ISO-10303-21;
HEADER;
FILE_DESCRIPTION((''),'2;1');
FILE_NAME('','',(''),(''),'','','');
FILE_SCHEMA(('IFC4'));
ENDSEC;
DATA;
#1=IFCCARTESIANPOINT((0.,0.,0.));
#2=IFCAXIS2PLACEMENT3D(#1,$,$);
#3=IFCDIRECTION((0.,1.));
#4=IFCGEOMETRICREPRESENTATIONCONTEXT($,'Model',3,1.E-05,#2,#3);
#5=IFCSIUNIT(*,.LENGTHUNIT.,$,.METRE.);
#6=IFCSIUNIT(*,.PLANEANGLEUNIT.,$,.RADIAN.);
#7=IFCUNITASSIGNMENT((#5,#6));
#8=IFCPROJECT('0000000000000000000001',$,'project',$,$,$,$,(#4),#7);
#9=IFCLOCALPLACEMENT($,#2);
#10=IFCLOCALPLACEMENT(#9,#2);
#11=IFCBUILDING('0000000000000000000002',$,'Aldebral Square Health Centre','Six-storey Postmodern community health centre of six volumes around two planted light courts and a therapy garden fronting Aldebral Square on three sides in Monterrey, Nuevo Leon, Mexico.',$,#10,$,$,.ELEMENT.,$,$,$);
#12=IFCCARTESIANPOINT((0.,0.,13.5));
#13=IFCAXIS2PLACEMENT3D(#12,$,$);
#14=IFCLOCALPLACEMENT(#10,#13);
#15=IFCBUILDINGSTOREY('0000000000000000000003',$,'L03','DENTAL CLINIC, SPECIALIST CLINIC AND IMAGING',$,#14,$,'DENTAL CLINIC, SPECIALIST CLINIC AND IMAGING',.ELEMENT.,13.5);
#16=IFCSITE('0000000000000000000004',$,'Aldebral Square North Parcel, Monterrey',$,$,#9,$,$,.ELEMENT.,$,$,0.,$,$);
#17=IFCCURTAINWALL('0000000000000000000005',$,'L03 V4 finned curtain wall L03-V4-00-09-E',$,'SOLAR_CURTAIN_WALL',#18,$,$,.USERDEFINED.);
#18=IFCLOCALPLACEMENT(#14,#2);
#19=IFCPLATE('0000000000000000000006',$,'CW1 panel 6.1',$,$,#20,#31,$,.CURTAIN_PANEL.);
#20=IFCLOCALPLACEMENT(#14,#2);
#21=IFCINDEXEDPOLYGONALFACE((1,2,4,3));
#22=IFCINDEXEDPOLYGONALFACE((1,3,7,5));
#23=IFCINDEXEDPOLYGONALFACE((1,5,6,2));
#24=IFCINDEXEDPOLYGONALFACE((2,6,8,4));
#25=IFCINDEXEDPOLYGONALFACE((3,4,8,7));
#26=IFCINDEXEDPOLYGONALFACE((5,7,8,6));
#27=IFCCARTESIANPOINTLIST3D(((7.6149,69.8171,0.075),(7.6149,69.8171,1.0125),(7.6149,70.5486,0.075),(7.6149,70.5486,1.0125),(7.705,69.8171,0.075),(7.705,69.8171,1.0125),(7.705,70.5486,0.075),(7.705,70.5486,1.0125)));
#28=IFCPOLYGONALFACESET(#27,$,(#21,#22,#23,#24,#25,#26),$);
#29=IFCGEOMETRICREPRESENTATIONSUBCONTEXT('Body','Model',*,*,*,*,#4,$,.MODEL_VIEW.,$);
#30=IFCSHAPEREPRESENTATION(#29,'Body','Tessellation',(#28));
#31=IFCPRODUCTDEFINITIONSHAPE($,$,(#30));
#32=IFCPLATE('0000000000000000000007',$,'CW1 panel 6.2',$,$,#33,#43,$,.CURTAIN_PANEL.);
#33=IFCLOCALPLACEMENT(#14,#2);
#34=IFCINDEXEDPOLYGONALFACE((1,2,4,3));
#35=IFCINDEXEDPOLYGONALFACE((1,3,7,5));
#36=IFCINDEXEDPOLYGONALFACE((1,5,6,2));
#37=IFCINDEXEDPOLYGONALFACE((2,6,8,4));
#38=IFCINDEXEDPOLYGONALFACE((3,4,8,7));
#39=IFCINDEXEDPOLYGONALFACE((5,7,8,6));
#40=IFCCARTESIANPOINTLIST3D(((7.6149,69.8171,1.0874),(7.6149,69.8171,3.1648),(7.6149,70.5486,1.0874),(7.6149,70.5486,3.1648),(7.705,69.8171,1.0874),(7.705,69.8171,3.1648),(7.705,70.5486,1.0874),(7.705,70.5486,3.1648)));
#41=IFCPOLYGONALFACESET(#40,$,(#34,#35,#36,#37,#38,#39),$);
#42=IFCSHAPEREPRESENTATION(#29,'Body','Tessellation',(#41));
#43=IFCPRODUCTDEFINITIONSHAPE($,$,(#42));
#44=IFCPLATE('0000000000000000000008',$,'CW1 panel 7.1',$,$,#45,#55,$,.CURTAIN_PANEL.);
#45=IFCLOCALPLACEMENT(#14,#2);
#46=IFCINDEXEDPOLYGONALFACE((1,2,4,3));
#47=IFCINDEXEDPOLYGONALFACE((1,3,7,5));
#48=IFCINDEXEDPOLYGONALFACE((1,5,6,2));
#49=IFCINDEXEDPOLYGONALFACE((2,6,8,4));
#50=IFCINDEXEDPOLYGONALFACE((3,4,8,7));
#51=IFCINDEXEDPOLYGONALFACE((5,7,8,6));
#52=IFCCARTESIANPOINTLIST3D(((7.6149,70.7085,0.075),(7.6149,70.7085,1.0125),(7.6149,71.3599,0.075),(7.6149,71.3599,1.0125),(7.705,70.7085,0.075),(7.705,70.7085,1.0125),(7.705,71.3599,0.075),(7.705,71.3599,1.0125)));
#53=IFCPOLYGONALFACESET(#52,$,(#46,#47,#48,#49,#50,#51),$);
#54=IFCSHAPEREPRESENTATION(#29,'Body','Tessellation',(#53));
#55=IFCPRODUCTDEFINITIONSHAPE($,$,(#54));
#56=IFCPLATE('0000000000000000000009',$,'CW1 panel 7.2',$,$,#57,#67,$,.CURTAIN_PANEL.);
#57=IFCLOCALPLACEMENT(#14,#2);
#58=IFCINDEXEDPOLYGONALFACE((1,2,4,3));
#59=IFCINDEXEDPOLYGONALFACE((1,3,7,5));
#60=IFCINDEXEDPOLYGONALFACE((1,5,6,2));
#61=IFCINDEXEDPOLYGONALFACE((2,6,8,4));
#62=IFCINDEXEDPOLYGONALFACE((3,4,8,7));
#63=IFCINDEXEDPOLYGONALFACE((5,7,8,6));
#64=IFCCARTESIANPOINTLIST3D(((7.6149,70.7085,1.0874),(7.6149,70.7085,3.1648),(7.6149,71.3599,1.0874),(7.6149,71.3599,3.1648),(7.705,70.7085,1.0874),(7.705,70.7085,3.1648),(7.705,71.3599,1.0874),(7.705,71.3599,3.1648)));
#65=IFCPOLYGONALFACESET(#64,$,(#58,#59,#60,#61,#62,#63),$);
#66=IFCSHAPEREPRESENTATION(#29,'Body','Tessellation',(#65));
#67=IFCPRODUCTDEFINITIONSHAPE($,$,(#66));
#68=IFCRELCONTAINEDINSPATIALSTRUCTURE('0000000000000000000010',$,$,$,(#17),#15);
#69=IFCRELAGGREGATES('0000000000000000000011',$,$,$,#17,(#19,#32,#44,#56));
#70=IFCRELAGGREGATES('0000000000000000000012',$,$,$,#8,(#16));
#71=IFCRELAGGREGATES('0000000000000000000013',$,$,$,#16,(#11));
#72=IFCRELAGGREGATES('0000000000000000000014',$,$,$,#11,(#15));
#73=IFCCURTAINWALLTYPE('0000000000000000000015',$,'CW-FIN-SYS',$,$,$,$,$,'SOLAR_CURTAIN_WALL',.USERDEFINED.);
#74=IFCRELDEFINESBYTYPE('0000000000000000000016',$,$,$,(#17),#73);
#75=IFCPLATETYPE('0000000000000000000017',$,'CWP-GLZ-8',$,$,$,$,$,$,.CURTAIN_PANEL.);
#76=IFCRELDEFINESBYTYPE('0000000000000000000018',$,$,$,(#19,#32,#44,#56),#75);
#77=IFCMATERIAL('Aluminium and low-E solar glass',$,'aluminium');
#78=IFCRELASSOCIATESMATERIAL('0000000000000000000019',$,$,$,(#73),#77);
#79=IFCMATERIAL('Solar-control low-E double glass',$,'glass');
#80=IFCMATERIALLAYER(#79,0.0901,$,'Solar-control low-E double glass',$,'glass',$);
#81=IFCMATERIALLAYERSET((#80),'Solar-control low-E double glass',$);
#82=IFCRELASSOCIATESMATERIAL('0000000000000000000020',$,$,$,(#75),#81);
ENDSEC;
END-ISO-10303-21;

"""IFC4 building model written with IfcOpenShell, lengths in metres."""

from ifc_helpers import new_model, si_unit, direction, frame, origin, origin_2d, place, context, subcontext, project, spatial, rectangle, extrude, material, layer, layer_set, type_object, element, aggregate, save


model = new_model("IFC4")

# Units and contexts
model_context = context("Model", 3, precision=1e-05, world=origin(), true_north=direction((0.0, 1.0)))
body_context = subcontext(model_context, "Body", "Model", "MODEL_VIEW")
ifc_project = project(units=[si_unit("LENGTHUNIT", "METRE"), si_unit("PLANEANGLEUNIT", "RADIAN")], contexts=[model_context])

# Site, building, storey
site_placement = place(None, origin())
site = spatial("IfcSite", under=ifc_project, at=site_placement, Name="Aldebral Square North Parcel, Monterrey", CompositionType="ELEMENT", RefElevation=0.0)
building_placement = place(site_placement, origin())
building = spatial("IfcBuilding", under=site, at=building_placement, Name="Aldebral Square Health Centre", Description="Six-storey Postmodern community health centre of six volumes around two planted light courts and a therapy garden fronting Aldebral Square on three sides in Monterrey, Nuevo Leon, Mexico.", CompositionType="ELEMENT")
storey_placement = place(building_placement, frame((0.0, 0.0, 13.5)))
storey = spatial("IfcBuildingStorey", under=building, at=storey_placement, Name="L03", Description="DENTAL CLINIC, SPECIALIST CLINIC AND IMAGING", LongName="DENTAL CLINIC, SPECIALIST CLINIC AND IMAGING", CompositionType="ELEMENT", Elevation=13.5)

# Curtain wall
ifc_material_1 = material(Name="Aluminium and low-E solar glass", Category="aluminium")
curtain_wall_type = type_object("IfcCurtainWallType", Name="CW-FIN-SYS", ElementType="SOLAR_CURTAIN_WALL", PredefinedType="USERDEFINED", material=ifc_material_1)
curtain_wall_1_placement = place(storey_placement, origin())
curtain_wall_1 = element("IfcCurtainWall", 1, at=curtain_wall_1_placement, inside=storey, type_object=curtain_wall_type, Name="L03 V4 finned curtain wall L03-V4-00-09-E", ObjectType="SOLAR_CURTAIN_WALL", PredefinedType="USERDEFINED")

# Plates
ifc_material_2 = material(Name="Solar-control low-E double glass", Category="glass")
ifc_layer_1 = layer(ifc_material_2, 0.0901, Name="Solar-control low-E double glass", Category="glass")
ifc_layer_set_1 = layer_set([ifc_layer_1], Name="Solar-control low-E double glass")
plate_type_1 = type_object("IfcPlateType", Name="CWP-GLZ-8", PredefinedType="CURTAIN_PANEL", material=ifc_layer_set_1)
plate_1_placement = place(storey_placement, frame((7.6599, 70.1829, 0.075), z_axis=(0.0, 0.0, 1.0), x_axis=(0.0, 1.0, 0.0)))
plate_1 = element("IfcPlate", 2, at=plate_1_placement, type_object=plate_type_1, Name="CW1 panel 6.1", PredefinedType="CURTAIN_PANEL", context=body_context, shape_type="SweptSolid", body=[
    extrude(rectangle(XDim=0.7314, YDim=0.0901, at=origin_2d()), origin(), (0.0, 0.0, 1.0), 0.9375),
])
plate_2_placement = place(storey_placement, frame((7.6599, 70.1829, 1.0874), z_axis=(0.0, 0.0, 1.0), x_axis=(0.0, 1.0, 0.0)))
plate_2 = element("IfcPlate", 3, at=plate_2_placement, type_object=plate_type_1, Name="CW1 panel 6.2", PredefinedType="CURTAIN_PANEL", context=body_context, shape_type="SweptSolid", body=[
    extrude(rectangle(XDim=0.7314, YDim=0.0901, at=origin_2d()), origin(), (0.0, 0.0, 1.0), 2.0774),
])
plate_3_placement = place(storey_placement, frame((7.6599, 71.0342, 0.075), z_axis=(0.0, 0.0, 1.0), x_axis=(0.0, 1.0, 0.0)))
plate_3 = element("IfcPlate", 4, at=plate_3_placement, type_object=plate_type_1, Name="CW1 panel 7.1", PredefinedType="CURTAIN_PANEL", context=body_context, shape_type="SweptSolid", body=[
    extrude(rectangle(XDim=0.6514, YDim=0.0901, at=origin_2d()), origin(), (0.0, 0.0, 1.0), 0.9375),
])
plate_4_placement = place(storey_placement, frame((7.6599, 71.0342, 1.0874), z_axis=(0.0, 0.0, 1.0), x_axis=(0.0, 1.0, 0.0)))
plate_4 = element("IfcPlate", 5, at=plate_4_placement, type_object=plate_type_1, Name="CW1 panel 7.2", PredefinedType="CURTAIN_PANEL", context=body_context, shape_type="SweptSolid", body=[
    extrude(rectangle(XDim=0.6514, YDim=0.0901, at=origin_2d()), origin(), (0.0, 0.0, 1.0), 2.0774),
])
aggregate(curtain_wall_1, [plate_1, plate_2, plate_3, plate_4])

save(model, "model.ifc")
